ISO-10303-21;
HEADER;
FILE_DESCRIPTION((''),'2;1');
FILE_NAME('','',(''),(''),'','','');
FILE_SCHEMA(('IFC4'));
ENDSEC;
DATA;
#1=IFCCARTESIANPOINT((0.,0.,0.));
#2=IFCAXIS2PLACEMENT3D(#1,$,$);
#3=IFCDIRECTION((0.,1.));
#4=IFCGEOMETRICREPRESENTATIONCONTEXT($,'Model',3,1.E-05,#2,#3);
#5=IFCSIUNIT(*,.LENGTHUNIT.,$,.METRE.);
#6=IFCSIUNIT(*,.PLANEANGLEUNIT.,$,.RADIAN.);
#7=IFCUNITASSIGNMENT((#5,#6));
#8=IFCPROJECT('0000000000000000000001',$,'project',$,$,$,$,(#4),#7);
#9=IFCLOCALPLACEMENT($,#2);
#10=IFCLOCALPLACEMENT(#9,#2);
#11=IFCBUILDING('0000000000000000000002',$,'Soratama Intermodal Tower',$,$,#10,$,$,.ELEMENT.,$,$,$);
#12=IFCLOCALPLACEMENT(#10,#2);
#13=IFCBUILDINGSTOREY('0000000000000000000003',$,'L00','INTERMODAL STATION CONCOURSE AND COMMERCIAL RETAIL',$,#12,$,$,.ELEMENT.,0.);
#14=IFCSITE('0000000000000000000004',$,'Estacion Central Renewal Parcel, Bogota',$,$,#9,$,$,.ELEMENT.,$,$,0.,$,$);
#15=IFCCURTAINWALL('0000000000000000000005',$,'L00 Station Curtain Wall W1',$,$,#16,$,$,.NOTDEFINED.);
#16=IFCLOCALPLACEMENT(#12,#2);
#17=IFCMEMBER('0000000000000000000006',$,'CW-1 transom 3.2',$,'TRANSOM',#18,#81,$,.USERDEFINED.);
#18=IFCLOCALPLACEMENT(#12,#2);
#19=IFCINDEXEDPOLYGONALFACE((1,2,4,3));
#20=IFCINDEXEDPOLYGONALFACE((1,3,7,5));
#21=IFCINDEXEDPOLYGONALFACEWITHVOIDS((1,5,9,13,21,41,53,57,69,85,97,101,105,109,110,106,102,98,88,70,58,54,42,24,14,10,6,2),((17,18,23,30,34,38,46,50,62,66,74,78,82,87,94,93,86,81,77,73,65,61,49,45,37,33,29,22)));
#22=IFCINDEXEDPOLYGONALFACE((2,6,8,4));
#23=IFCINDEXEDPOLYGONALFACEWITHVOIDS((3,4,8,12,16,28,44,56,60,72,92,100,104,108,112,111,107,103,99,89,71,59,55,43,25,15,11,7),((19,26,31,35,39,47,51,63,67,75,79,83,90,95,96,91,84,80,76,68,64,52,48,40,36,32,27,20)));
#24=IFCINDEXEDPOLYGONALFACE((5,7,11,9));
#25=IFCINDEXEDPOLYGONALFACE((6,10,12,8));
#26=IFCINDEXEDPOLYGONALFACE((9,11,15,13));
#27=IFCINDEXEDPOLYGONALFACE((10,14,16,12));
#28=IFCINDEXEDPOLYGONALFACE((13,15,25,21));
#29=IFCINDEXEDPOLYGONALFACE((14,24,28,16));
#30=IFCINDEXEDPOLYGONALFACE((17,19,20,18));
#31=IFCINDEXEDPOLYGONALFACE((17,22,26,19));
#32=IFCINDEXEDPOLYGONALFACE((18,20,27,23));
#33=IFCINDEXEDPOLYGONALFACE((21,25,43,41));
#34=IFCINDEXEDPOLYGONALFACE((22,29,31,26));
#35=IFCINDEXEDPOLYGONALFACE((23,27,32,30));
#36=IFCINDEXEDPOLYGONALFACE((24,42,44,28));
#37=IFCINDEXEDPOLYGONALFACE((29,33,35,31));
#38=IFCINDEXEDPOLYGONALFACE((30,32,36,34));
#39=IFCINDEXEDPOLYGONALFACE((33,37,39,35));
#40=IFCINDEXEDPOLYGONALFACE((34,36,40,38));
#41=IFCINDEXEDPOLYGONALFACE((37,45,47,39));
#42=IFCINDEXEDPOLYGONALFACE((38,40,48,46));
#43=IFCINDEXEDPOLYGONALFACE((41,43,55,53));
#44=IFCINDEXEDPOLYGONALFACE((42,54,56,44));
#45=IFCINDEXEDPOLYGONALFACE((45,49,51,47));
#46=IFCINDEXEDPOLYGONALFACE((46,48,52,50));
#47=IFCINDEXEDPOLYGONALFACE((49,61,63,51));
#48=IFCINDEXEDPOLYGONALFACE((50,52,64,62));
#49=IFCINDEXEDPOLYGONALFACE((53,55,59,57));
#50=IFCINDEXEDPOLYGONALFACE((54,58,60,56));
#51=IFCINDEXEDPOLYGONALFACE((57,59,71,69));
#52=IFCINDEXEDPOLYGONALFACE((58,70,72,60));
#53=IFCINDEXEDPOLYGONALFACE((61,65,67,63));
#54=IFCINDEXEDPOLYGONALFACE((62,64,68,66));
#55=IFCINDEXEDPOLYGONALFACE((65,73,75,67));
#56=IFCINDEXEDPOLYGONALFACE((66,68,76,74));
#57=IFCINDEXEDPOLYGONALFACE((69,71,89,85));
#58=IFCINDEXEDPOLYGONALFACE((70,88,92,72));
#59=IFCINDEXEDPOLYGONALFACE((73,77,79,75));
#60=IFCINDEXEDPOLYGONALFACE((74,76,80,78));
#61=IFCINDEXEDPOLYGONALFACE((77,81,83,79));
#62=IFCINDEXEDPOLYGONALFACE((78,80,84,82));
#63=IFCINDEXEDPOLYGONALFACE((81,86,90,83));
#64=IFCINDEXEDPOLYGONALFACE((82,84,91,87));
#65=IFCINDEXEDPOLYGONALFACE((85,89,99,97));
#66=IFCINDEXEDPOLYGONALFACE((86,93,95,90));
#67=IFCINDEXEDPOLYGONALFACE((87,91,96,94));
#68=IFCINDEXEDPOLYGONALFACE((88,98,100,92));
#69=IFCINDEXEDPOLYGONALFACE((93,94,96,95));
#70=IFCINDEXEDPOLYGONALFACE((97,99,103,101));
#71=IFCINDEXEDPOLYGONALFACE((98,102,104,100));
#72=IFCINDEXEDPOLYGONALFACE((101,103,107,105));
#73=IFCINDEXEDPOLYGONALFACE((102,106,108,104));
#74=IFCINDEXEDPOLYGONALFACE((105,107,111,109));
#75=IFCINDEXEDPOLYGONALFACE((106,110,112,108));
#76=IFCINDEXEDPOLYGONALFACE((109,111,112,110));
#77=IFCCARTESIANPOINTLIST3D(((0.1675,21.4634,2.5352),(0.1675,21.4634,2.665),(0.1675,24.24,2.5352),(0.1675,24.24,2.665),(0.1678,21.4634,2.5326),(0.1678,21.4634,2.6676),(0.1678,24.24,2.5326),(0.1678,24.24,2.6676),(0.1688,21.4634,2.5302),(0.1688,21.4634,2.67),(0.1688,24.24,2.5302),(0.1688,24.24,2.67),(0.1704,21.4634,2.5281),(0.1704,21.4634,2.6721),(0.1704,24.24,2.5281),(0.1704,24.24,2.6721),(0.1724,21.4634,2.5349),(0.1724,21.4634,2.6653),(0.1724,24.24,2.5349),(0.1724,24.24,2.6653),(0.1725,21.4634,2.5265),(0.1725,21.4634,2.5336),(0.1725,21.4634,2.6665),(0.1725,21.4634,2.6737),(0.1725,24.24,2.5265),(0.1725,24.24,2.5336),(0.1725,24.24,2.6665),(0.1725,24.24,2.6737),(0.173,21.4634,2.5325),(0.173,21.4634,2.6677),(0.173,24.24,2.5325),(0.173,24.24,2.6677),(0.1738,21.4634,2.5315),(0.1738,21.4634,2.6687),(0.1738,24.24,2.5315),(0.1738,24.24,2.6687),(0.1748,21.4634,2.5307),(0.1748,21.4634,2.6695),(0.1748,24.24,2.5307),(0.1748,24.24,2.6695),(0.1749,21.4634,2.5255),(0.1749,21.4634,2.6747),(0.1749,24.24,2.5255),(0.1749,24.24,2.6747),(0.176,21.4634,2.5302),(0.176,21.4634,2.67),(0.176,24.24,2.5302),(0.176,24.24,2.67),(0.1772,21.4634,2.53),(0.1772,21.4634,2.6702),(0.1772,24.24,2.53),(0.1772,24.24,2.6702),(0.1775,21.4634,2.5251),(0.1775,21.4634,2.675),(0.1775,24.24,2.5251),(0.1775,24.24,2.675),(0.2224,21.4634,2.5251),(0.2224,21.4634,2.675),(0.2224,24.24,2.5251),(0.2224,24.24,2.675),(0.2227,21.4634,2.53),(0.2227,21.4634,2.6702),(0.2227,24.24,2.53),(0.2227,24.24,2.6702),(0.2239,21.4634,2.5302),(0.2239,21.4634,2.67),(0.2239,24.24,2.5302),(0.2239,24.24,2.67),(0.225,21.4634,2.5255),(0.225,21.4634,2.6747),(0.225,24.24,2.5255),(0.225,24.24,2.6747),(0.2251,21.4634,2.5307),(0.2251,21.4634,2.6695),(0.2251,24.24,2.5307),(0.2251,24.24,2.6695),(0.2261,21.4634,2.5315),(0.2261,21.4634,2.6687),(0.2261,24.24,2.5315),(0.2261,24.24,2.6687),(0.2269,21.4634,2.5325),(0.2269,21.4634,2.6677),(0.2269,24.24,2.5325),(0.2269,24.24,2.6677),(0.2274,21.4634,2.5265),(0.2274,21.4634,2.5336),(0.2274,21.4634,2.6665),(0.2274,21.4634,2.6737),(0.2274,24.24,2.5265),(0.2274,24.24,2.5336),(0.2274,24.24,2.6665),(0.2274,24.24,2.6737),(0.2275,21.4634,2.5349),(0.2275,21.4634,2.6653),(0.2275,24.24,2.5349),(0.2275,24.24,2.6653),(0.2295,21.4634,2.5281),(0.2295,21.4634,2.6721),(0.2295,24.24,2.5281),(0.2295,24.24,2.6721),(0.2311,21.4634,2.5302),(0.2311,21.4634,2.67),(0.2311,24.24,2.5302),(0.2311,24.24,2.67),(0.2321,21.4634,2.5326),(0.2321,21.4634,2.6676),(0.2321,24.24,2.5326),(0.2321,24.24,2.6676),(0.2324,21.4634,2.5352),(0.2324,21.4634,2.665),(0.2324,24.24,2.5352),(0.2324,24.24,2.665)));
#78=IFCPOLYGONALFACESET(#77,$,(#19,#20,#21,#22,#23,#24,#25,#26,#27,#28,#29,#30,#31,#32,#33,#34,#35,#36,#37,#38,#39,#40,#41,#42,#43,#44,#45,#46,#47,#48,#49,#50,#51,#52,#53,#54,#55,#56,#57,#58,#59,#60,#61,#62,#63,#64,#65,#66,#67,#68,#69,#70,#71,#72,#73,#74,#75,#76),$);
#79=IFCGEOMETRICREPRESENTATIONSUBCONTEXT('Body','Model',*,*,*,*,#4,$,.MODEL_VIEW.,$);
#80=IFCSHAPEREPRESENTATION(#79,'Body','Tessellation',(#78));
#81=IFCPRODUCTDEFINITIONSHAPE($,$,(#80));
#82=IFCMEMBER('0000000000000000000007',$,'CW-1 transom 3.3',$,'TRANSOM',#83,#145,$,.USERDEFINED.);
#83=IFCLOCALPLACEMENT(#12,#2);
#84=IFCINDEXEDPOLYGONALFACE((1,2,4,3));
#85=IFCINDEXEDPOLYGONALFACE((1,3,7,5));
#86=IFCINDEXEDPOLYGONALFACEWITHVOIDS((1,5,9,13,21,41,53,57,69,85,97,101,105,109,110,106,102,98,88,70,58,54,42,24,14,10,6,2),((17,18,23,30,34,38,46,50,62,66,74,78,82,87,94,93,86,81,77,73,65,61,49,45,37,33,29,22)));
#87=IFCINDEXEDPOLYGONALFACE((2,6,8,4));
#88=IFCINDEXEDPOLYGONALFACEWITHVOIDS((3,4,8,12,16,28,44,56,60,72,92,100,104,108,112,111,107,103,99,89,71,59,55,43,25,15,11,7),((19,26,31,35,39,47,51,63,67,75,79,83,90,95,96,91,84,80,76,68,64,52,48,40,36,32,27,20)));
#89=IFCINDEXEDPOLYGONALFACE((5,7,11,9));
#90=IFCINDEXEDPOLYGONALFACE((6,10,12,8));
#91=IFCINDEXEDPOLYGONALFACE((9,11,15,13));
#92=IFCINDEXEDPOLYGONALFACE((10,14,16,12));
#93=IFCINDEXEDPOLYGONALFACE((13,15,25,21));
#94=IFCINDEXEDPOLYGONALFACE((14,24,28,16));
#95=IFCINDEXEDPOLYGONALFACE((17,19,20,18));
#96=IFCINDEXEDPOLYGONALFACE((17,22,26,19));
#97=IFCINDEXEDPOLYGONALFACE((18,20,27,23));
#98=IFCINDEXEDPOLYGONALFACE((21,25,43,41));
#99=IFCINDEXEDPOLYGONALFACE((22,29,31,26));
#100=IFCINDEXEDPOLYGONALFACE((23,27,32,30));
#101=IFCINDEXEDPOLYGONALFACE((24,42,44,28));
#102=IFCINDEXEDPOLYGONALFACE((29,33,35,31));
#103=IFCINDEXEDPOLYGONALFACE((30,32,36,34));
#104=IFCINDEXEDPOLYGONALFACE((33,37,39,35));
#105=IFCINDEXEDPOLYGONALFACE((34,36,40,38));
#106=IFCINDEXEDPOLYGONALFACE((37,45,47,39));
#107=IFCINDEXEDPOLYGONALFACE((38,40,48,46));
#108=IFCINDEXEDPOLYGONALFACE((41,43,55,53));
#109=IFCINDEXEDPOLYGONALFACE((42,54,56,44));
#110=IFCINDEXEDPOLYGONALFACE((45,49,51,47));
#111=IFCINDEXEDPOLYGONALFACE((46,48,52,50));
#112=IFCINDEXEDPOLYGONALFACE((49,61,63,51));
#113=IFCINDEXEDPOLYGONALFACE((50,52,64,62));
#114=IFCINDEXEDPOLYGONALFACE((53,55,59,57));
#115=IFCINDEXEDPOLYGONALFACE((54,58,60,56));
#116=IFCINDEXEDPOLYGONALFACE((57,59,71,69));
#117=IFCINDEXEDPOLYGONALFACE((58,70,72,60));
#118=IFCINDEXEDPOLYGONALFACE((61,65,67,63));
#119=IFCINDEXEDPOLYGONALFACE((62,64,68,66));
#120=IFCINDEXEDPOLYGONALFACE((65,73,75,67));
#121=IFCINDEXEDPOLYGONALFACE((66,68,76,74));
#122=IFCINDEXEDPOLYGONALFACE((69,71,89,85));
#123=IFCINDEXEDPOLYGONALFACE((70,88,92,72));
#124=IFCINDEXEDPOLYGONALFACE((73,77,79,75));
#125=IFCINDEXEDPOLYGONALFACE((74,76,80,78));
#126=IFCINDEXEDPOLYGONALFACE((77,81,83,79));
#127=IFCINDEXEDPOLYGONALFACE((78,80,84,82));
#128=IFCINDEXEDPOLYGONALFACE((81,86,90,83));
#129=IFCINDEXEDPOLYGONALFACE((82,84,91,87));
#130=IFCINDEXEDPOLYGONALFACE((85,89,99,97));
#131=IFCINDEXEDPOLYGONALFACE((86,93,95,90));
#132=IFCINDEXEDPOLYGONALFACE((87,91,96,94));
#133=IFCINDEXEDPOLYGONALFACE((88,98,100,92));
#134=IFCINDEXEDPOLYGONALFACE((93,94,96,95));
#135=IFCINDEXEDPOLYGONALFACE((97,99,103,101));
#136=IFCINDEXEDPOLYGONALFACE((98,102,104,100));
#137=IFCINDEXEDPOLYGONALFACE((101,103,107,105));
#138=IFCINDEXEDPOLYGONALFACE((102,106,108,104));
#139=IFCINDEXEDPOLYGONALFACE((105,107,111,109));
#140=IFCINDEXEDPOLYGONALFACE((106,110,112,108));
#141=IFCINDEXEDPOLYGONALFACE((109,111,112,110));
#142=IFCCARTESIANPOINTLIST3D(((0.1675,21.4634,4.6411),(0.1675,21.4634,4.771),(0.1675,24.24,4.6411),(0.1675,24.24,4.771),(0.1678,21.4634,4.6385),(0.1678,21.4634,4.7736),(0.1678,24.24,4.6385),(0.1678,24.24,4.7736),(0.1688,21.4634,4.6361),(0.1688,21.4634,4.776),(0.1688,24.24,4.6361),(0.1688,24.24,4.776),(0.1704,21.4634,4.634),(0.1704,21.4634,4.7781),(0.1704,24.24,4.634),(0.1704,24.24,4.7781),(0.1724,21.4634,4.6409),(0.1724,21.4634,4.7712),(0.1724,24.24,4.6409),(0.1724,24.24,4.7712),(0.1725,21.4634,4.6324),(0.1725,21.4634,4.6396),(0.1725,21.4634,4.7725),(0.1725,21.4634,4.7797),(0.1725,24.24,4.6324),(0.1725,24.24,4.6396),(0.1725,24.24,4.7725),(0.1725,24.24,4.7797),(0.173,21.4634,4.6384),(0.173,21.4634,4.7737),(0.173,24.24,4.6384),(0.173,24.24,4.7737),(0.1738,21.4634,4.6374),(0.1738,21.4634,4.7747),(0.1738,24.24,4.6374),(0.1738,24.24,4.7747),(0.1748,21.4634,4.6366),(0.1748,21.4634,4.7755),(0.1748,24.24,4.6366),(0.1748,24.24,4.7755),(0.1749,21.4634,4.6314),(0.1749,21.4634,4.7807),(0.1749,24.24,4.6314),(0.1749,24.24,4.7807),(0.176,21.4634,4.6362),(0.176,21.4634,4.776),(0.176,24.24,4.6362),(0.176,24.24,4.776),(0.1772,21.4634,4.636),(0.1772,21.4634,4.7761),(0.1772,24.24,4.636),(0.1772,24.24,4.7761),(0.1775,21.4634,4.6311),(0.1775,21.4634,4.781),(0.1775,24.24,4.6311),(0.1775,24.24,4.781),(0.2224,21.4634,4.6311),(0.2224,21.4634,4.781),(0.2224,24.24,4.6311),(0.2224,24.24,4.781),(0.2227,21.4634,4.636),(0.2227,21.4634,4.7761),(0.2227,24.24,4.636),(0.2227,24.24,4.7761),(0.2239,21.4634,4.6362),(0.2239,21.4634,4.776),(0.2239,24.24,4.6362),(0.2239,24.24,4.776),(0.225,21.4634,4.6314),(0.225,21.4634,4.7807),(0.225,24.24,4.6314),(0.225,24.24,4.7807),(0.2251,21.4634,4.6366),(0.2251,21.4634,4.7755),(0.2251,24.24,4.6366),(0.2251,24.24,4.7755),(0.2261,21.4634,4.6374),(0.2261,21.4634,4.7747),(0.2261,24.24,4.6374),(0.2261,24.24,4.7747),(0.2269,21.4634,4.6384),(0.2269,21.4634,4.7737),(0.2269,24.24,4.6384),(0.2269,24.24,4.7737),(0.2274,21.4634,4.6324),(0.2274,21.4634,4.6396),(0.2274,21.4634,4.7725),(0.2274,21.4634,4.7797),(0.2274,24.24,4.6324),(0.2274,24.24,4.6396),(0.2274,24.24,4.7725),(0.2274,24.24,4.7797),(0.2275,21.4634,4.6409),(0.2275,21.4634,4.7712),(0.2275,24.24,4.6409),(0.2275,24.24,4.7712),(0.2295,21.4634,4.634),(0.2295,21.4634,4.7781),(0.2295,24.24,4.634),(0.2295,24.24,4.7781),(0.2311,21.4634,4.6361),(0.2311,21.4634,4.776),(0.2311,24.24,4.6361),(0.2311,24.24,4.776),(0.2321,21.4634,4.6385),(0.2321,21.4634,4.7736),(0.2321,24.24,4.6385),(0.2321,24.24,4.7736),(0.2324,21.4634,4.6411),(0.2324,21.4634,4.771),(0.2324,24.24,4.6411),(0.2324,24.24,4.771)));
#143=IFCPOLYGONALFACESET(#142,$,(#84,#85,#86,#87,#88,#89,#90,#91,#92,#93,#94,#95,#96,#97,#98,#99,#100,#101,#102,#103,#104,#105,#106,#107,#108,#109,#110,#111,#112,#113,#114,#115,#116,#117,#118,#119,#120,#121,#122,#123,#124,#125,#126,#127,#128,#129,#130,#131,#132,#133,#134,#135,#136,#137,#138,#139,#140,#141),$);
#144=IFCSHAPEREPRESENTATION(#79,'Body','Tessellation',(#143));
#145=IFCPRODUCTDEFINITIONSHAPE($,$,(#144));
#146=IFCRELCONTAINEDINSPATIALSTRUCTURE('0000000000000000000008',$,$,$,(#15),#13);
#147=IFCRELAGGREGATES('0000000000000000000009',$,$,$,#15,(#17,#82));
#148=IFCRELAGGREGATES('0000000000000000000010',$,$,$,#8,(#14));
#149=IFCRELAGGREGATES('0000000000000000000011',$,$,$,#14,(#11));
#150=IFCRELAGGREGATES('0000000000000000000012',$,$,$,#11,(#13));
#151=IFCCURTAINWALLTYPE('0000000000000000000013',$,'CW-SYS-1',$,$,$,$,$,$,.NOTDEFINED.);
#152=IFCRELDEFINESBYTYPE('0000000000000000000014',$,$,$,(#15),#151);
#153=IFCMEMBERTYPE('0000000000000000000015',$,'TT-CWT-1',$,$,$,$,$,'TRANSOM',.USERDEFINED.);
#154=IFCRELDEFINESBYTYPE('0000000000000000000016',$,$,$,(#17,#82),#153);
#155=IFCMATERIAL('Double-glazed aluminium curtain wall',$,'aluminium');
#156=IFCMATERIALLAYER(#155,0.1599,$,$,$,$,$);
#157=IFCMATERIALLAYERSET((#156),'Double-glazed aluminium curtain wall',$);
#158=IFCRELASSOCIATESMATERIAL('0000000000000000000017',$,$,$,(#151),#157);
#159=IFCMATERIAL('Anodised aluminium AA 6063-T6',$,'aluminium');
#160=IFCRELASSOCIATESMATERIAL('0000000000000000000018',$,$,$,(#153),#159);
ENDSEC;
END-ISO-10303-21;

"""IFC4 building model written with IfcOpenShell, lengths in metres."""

from ifc_helpers import new_model, si_unit, direction, frame, origin, origin_2d, place, context, subcontext, project, spatial, hollow_rectangle, extrude, material, layer, layer_set, material_profile, profile_set, type_object, element, aggregate, save


model = new_model("IFC4")

# Units and contexts
model_context = context("Model", 3, precision=1e-05, world=origin(), true_north=direction((0.0, 1.0)))
body_context = subcontext(model_context, "Body", "Model", "MODEL_VIEW")
ifc_project = project(units=[si_unit("LENGTHUNIT", "METRE"), si_unit("PLANEANGLEUNIT", "RADIAN")], contexts=[model_context])

# Site, building, storey
site_placement = place(None, origin())
site = spatial("IfcSite", under=ifc_project, at=site_placement, Name="Estacion Central Renewal Parcel, Bogota", CompositionType="ELEMENT", RefElevation=0.0)
building_placement = place(site_placement, origin())
building = spatial("IfcBuilding", under=site, at=building_placement, Name="Soratama Intermodal Tower", CompositionType="ELEMENT")
storey_placement = place(building_placement, origin())
storey = spatial("IfcBuildingStorey", under=building, at=storey_placement, Name="L00", Description="INTERMODAL STATION CONCOURSE AND COMMERCIAL RETAIL", CompositionType="ELEMENT", Elevation=0.0)

# Curtain wall
ifc_material_1 = material(Name="Double-glazed aluminium curtain wall", Category="aluminium")
ifc_layer_1 = layer(ifc_material_1, 0.1599)
ifc_layer_set_1 = layer_set([ifc_layer_1], Name="Double-glazed aluminium curtain wall")
curtain_wall_type = type_object("IfcCurtainWallType", Name="CW-SYS-1", PredefinedType="NOTDEFINED", material=ifc_layer_set_1)
curtain_wall_1_placement = place(storey_placement, origin())
curtain_wall_1 = element("IfcCurtainWall", 1, at=curtain_wall_1_placement, inside=storey, type_object=curtain_wall_type, Name="L00 Station Curtain Wall W1", PredefinedType="NOTDEFINED")

# Members
ifc_material_2 = material(Name="Anodised aluminium AA 6063-T6", Category="aluminium")
ifc_material_profile_1 = material_profile(ifc_material_2, hollow_rectangle(XDim=0.0649, YDim=0.1499, WallThickness=0.0049, InnerFilletRadius=0.0049, OuterFilletRadius=0.01, at=origin_2d()), Name="CWT150X65X5")
ifc_profile_set_1 = profile_set([ifc_material_profile_1], Name="Anodised aluminium AA 6063-T6")
member_type_1 = type_object("IfcMemberType", Name="TT-CWT-1", ElementType="TRANSOM", PredefinedType="USERDEFINED", material=ifc_profile_set_1)
member_1_placement = place(storey_placement, frame((0.2, 21.4634, 2.6001), z_axis=(0.0, 1.0, 0.0), x_axis=(-1.0, 0.0, 0.0)))
member_1 = element("IfcMember", 2, at=member_1_placement, type_object=member_type_1, Name="CW-1 transom 3.2", ObjectType="TRANSOM", PredefinedType="USERDEFINED", context=body_context, shape_type="SweptSolid", body=[
    extrude(hollow_rectangle(XDim=0.0649, YDim=0.1499, WallThickness=0.0049, InnerFilletRadius=0.0049, OuterFilletRadius=0.01, at=origin_2d()), origin(), (0.0, 0.0, 1.0), 2.7766),
])
member_2_placement = place(storey_placement, frame((0.2, 21.4634, 4.7061), z_axis=(0.0, 1.0, 0.0), x_axis=(-1.0, 0.0, 0.0)))
member_2 = element("IfcMember", 3, at=member_2_placement, type_object=member_type_1, Name="CW-1 transom 3.3", ObjectType="TRANSOM", PredefinedType="USERDEFINED", context=body_context, shape_type="SweptSolid", body=[
    extrude(hollow_rectangle(XDim=0.0649, YDim=0.1499, WallThickness=0.0049, InnerFilletRadius=0.0049, OuterFilletRadius=0.01, at=origin_2d()), origin(), (0.0, 0.0, 1.0), 2.7766),
])

aggregate(curtain_wall_1, [member_1, member_2])

save(model, "model.ifc")
